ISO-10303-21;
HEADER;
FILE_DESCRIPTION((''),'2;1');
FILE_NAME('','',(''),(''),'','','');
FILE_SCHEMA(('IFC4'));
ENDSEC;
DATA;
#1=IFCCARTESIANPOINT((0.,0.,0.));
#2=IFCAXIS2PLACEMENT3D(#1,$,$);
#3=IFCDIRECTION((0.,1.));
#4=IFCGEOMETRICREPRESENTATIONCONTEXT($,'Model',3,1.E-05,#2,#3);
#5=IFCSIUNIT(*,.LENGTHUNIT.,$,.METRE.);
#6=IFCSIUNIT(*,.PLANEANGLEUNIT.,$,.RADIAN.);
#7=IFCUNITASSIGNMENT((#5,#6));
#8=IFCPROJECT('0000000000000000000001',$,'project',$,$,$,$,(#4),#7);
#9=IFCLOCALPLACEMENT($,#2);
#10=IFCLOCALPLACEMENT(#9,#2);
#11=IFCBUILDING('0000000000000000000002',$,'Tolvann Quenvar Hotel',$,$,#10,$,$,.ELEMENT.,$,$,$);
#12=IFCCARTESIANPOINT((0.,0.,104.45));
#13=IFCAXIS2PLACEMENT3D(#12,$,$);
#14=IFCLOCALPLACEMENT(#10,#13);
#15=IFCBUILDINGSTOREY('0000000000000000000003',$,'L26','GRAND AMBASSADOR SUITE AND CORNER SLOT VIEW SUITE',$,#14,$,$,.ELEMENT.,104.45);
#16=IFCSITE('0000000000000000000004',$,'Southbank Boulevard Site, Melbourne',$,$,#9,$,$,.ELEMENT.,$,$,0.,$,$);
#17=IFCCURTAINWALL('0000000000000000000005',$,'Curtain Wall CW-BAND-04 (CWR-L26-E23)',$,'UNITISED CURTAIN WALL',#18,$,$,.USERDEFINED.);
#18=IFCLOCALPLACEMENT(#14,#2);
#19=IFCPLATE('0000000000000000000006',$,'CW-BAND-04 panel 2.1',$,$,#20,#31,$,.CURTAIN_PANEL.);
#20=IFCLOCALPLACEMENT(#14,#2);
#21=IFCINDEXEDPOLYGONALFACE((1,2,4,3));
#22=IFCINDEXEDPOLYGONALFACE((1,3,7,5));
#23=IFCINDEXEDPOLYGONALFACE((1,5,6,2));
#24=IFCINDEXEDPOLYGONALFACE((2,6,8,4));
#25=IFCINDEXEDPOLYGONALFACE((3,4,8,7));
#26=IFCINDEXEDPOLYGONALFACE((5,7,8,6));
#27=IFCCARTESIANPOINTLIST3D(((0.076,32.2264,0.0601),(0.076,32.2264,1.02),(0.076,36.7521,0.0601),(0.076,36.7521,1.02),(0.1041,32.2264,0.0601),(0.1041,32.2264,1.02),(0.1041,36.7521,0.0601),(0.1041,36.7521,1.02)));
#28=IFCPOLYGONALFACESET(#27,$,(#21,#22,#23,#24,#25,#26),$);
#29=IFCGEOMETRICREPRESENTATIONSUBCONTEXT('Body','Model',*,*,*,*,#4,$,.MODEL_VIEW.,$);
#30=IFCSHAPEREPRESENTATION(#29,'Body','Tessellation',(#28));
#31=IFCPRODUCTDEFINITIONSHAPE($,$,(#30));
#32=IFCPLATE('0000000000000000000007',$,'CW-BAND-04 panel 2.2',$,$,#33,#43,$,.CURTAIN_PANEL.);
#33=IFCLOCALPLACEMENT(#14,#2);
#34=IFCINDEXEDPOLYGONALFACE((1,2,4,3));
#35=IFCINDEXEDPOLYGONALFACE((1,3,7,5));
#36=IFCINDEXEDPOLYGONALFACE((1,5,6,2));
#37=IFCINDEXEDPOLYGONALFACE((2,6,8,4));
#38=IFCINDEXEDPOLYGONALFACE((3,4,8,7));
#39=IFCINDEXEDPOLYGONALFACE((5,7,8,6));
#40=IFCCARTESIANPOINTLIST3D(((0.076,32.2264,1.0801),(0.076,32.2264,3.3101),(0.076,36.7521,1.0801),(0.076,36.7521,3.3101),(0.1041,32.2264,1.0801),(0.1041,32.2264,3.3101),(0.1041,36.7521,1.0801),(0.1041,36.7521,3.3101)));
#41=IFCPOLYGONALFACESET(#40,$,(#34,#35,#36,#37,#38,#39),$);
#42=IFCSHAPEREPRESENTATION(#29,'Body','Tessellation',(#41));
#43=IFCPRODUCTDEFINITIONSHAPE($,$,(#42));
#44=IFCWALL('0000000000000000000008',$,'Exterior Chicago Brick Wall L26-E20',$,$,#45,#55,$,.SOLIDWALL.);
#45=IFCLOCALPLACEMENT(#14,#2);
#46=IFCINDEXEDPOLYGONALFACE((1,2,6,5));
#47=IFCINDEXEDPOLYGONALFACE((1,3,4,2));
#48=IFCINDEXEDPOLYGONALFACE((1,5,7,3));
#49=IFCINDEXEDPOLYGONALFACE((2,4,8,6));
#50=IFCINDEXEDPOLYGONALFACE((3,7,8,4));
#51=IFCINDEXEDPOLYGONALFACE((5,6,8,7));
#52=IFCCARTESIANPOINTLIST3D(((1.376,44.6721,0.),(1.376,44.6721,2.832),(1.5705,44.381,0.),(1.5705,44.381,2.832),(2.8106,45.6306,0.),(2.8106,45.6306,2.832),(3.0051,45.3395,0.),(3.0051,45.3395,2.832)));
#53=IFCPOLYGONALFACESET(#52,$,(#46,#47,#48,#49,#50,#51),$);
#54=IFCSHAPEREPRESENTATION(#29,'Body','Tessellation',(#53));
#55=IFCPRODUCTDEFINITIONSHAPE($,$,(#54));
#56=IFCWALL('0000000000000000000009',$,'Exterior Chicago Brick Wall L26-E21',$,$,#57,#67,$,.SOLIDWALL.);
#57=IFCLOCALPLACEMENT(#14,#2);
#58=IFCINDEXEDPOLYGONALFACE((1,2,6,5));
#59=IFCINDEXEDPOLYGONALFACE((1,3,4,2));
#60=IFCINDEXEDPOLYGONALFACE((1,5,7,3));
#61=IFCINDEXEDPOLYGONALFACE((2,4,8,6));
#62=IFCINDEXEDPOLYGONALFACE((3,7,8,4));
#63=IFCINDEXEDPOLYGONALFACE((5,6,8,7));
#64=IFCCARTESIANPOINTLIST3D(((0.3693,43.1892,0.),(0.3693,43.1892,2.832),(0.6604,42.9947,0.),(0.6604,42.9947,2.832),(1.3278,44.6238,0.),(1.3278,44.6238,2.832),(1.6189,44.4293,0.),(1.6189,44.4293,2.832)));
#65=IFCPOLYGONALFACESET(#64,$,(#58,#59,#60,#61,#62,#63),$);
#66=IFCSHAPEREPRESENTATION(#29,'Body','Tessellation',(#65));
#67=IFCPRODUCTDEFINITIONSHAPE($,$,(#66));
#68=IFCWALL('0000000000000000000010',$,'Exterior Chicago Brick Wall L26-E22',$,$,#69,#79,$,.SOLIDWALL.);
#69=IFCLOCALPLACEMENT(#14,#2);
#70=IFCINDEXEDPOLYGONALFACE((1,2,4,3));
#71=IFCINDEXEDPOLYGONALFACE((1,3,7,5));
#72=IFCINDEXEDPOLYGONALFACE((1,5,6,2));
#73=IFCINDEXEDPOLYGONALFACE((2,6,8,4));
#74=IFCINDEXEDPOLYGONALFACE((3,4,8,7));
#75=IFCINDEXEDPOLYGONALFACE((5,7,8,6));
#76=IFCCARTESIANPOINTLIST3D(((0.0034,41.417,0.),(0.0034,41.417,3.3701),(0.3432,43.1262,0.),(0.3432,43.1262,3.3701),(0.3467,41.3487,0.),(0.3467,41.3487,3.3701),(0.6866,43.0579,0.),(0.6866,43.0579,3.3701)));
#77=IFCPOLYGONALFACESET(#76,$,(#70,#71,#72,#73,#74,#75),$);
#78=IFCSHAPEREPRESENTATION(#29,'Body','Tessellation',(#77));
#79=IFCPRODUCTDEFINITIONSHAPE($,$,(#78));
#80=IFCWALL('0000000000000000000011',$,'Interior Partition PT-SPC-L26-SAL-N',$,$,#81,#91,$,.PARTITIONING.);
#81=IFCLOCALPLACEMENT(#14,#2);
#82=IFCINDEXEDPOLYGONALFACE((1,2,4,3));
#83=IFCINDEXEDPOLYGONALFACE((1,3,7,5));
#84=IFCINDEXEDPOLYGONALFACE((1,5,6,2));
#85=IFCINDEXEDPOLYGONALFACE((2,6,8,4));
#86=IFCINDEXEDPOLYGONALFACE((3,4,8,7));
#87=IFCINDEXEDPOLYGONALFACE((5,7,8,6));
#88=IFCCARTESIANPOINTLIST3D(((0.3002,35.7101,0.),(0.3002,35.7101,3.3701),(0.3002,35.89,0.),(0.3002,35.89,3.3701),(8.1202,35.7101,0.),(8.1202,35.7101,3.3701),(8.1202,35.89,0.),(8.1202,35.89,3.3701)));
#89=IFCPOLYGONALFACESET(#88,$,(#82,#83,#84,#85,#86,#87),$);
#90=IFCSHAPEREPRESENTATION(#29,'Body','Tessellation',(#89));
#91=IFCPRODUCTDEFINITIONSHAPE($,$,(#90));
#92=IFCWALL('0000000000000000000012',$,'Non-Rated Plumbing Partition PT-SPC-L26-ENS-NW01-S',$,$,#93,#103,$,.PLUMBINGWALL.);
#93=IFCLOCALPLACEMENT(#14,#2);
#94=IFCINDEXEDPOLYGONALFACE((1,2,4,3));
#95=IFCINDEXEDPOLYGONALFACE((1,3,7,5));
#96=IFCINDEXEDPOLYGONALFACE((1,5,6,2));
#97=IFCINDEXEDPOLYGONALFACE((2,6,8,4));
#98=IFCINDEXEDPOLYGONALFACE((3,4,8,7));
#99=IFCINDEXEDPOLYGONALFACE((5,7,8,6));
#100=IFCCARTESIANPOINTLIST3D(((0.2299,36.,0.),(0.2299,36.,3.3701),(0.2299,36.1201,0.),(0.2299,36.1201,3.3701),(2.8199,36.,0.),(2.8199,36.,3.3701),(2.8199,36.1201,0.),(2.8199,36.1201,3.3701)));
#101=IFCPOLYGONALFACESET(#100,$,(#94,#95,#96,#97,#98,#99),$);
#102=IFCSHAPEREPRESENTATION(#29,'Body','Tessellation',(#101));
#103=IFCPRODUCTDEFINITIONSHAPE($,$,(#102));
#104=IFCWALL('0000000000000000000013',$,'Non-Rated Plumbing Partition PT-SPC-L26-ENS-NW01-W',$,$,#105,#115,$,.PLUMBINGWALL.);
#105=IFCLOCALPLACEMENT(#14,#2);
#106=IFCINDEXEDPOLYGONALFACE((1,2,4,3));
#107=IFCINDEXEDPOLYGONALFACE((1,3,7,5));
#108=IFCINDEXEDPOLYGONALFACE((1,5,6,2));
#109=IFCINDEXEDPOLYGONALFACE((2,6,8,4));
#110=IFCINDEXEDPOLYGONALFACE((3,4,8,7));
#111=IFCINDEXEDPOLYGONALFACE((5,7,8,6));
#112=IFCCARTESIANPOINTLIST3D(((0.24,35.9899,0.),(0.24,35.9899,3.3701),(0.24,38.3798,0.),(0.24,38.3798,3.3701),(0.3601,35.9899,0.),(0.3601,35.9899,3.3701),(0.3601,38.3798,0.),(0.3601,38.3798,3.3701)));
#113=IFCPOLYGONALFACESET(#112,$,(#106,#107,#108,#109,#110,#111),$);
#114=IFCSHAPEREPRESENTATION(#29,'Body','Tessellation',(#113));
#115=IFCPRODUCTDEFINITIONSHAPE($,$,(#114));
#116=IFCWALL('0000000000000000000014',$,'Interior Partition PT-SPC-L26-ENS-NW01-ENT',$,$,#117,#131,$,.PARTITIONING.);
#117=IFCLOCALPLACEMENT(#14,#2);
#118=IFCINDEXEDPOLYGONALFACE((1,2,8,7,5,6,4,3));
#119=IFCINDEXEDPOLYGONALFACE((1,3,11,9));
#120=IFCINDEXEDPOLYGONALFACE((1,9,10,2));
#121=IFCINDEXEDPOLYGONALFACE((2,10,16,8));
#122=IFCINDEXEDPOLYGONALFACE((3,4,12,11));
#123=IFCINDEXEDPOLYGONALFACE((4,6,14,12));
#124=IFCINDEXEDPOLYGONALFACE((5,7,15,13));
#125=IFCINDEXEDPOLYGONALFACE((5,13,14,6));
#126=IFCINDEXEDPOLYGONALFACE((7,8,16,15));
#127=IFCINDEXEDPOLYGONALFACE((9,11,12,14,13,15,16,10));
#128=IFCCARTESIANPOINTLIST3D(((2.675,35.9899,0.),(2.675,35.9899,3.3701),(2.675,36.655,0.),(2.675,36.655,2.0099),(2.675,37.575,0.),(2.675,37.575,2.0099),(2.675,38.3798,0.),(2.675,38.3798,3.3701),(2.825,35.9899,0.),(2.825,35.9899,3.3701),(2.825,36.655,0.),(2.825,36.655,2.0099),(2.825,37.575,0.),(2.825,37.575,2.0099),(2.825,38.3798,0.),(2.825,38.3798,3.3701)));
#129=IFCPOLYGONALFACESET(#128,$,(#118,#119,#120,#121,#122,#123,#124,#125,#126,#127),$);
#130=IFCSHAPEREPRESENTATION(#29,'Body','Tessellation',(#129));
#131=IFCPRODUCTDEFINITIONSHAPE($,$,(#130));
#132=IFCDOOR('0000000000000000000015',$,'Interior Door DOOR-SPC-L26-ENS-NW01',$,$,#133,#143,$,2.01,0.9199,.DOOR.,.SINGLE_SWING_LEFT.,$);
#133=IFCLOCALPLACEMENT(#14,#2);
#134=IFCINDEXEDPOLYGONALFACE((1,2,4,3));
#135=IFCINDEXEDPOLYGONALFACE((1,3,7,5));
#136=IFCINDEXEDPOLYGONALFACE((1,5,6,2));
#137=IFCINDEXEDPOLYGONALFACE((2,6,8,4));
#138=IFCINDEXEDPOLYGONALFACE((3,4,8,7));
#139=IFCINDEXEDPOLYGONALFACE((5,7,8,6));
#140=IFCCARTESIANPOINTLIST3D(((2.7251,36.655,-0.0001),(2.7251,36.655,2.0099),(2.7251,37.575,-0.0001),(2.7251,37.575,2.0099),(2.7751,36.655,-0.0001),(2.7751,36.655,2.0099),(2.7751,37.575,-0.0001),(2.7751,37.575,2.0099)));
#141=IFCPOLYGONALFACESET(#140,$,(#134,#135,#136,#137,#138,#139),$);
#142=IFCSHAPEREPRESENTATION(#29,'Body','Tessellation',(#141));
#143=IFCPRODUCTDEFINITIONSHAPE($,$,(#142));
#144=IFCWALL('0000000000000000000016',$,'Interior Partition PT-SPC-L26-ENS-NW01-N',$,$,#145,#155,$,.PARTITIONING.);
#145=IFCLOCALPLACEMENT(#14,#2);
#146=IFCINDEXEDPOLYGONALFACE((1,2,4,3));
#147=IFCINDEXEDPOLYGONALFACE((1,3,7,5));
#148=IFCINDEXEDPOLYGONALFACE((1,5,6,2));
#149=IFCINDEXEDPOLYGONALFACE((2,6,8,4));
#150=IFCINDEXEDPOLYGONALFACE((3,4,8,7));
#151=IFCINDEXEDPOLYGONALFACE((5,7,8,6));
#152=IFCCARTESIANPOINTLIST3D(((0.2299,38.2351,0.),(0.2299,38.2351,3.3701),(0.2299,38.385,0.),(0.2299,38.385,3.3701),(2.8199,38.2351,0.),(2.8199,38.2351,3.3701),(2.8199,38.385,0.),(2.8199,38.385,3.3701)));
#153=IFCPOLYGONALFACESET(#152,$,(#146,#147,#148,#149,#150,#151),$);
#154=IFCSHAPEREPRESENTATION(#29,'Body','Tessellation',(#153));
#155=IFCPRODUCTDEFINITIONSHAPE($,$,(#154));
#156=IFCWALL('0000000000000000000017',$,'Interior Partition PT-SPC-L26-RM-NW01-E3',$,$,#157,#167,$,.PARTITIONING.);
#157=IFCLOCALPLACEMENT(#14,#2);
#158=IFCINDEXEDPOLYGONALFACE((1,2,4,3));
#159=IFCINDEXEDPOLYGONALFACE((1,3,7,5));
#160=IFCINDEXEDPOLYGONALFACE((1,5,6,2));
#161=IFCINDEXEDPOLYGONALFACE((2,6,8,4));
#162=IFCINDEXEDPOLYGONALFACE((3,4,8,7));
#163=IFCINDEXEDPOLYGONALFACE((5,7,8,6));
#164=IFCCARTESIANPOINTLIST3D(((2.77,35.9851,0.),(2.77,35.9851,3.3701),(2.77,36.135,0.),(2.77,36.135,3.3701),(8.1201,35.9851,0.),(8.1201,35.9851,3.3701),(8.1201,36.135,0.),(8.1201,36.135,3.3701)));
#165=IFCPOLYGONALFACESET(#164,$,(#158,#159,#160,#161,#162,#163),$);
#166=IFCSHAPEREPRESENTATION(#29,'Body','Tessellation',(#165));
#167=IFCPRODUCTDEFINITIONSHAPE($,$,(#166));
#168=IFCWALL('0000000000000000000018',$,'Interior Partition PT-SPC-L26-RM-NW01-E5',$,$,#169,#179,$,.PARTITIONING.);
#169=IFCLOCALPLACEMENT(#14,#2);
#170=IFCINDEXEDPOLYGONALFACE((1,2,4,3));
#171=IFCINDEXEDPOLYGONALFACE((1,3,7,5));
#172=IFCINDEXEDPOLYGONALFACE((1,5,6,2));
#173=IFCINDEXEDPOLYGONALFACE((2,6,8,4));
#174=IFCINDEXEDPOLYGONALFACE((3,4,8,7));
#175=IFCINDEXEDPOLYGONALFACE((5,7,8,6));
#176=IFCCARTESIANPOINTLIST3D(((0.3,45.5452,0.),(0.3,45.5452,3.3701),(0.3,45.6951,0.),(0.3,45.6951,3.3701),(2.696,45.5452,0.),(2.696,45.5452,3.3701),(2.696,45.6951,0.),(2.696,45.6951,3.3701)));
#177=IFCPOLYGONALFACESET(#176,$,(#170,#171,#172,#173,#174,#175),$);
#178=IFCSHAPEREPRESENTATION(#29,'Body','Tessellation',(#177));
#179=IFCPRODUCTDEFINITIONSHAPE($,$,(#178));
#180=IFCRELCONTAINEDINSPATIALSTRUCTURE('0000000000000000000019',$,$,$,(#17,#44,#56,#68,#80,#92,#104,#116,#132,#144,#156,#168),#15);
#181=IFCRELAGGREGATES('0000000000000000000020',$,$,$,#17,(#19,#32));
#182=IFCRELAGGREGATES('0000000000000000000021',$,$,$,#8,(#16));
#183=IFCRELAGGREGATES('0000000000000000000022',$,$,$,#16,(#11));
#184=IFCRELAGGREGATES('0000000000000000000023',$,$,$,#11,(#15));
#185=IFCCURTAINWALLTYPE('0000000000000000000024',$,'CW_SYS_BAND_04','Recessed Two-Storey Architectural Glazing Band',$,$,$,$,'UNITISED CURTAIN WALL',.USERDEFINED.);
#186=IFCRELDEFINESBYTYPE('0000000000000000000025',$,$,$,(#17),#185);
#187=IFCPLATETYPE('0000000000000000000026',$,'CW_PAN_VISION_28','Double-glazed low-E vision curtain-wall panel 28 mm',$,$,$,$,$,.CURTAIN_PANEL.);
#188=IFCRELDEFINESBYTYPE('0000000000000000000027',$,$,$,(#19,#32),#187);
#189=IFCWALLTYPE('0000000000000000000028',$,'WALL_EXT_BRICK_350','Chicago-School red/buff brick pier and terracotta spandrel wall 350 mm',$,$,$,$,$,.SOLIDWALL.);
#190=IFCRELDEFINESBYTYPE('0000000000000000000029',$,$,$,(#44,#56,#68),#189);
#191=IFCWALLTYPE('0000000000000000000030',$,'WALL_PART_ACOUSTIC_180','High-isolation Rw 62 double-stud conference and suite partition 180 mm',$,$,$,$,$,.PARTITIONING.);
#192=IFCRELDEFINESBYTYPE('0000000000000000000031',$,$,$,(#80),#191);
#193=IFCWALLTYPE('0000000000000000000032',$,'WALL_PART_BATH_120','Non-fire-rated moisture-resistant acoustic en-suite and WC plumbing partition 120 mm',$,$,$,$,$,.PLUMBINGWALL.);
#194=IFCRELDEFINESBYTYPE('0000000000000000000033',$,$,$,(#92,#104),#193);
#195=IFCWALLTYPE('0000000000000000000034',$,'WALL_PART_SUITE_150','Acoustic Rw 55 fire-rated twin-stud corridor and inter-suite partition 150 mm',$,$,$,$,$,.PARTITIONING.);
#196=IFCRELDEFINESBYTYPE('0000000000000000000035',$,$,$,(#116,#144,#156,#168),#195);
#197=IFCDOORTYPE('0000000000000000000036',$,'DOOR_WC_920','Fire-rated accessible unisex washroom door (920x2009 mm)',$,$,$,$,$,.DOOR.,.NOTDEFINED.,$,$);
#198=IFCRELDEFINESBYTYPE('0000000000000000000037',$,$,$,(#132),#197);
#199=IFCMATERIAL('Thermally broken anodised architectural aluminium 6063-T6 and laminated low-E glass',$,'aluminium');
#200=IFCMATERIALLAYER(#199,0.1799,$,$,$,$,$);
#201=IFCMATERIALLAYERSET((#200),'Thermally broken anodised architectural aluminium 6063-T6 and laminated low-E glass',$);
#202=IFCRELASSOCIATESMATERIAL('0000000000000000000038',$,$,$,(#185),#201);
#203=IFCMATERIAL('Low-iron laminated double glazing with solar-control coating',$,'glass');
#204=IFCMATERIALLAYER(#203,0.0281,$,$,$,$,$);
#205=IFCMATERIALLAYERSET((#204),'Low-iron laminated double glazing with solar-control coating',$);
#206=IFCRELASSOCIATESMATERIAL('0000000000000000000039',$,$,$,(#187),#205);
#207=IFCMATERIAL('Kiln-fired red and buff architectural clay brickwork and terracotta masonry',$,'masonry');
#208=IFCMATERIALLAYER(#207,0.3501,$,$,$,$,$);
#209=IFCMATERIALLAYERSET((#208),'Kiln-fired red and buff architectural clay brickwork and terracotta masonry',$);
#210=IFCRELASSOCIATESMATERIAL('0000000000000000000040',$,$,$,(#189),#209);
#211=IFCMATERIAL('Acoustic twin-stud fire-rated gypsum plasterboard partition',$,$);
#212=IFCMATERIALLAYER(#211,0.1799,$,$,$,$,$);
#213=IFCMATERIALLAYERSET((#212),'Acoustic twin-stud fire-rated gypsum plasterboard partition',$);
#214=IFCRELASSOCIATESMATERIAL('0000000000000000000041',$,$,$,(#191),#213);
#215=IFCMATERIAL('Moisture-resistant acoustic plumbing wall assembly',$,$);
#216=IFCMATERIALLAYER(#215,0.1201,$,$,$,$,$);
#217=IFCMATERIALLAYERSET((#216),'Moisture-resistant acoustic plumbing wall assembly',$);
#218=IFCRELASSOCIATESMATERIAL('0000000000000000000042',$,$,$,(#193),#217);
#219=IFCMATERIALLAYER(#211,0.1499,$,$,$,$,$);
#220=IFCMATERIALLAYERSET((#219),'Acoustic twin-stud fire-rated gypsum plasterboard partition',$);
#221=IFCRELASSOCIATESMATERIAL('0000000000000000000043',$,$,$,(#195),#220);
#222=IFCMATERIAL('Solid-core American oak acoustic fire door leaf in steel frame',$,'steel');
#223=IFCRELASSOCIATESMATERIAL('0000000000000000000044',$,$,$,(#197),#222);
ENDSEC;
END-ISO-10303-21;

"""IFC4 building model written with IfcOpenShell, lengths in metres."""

from ifc_helpers import new_model, si_unit, direction, frame, frame_2d, origin, origin_2d, place, context, subcontext, project, spatial, rectangle, extrude, source, transform, mapped, material, layer, layer_set, type_object, type_shapes, element, fill, aggregate, save


model = new_model("IFC4")

# Units and contexts
model_context = context("Model", 3, precision=1e-05, world=origin(), true_north=direction((0.0, 1.0)))
body_context = subcontext(model_context, "Body", "Model", "MODEL_VIEW")
ifc_project = project(units=[si_unit("LENGTHUNIT", "METRE"), si_unit("PLANEANGLEUNIT", "RADIAN")], contexts=[model_context])

# Site, building, storey
site_placement = place(None, origin())
site = spatial("IfcSite", under=ifc_project, at=site_placement, Name="Southbank Boulevard Site, Melbourne", CompositionType="ELEMENT", RefElevation=0.0)
building_placement = place(site_placement, origin())
building = spatial("IfcBuilding", under=site, at=building_placement, Name="Tolvann Quenvar Hotel", CompositionType="ELEMENT")
storey_placement = place(building_placement, frame((0.0, 0.0, 104.45)))
storey = spatial("IfcBuildingStorey", under=building, at=storey_placement, Name="L26", Description="GRAND AMBASSADOR SUITE AND CORNER SLOT VIEW SUITE", CompositionType="ELEMENT", Elevation=104.45)

# Curtain wall, plates
ifc_material_1 = material(Name="Thermally broken anodised architectural aluminium 6063-T6 and laminated low-E glass", Category="aluminium")
ifc_layer_1 = layer(ifc_material_1, 0.1799)
ifc_layer_set_1 = layer_set([ifc_layer_1], Name="Thermally broken anodised architectural aluminium 6063-T6 and laminated low-E glass")
curtain_wall_type = type_object("IfcCurtainWallType", Name="CW_SYS_BAND_04", Description="Recessed Two-Storey Architectural Glazing Band", ElementType="UNITISED CURTAIN WALL", PredefinedType="USERDEFINED", material=ifc_layer_set_1)
curtain_wall_placement = place(storey_placement, origin())
curtain_wall = element("IfcCurtainWall", 1, at=curtain_wall_placement, inside=storey, type_object=curtain_wall_type, Name="Curtain Wall CW-BAND-04 (CWR-L26-E23)", ObjectType="UNITISED CURTAIN WALL", PredefinedType="USERDEFINED")
ifc_material_2 = material(Name="Low-iron laminated double glazing with solar-control coating", Category="glass")
ifc_layer_2 = layer(ifc_material_2, 0.0281)
ifc_layer_set_2 = layer_set([ifc_layer_2], Name="Low-iron laminated double glazing with solar-control coating")
plate_type = type_object("IfcPlateType", Name="CW_PAN_VISION_28", Description="Double-glazed low-E vision curtain-wall panel 28 mm", PredefinedType="CURTAIN_PANEL", material=ifc_layer_set_2)
shared_shape_1 = source(origin(), body_context, "Body", "SweptSolid", [
    extrude(rectangle(XDim=4.5256, YDim=0.0281, at=origin_2d()), origin(), (0.0, 0.0, 1.0), 0.96),
])
plate_1_placement = place(storey_placement, frame((0.0901, 34.4893, 0.0601), z_axis=(0.0, 0.0, 1.0), x_axis=(0.0, -1.0, 0.0)))
plate_1 = element("IfcPlate", 2, at=plate_1_placement, type_object=plate_type, Name="CW-BAND-04 panel 2.1", PredefinedType="CURTAIN_PANEL", context=body_context, shape_type="MappedRepresentation", body=[
    mapped(shared_shape_1, transform((0.0, 0.0, 0.0), x_axis=(1.0, 0.0, 0.0), y_axis=(0.0, 1.0, 0.0), z_axis=(0.0, 0.0, 1.0), scale=1.0)),
])
shared_shape_2 = source(origin(), body_context, "Body", "SweptSolid", [
    extrude(rectangle(XDim=4.5256, YDim=0.0281, at=origin_2d()), origin(), (0.0, 0.0, 1.0), 2.23),
])
plate_2_placement = place(storey_placement, frame((0.0901, 34.4893, 1.0801), z_axis=(0.0, 0.0, 1.0), x_axis=(0.0, -1.0, 0.0)))
plate_2 = element("IfcPlate", 3, at=plate_2_placement, type_object=plate_type, Name="CW-BAND-04 panel 2.2", PredefinedType="CURTAIN_PANEL", context=body_context, shape_type="MappedRepresentation", body=[
    mapped(shared_shape_2, transform((0.0, 0.0, 0.0), x_axis=(1.0, 0.0, 0.0), y_axis=(0.0, 1.0, 0.0), z_axis=(0.0, 0.0, 1.0), scale=1.0)),
])
aggregate(curtain_wall, [plate_1, plate_2])

# Walls
ifc_material_3 = material(Name="Kiln-fired red and buff architectural clay brickwork and terracotta masonry", Category="masonry")
ifc_layer_3 = layer(ifc_material_3, 0.3501)
ifc_layer_set_3 = layer_set([ifc_layer_3], Name="Kiln-fired red and buff architectural clay brickwork and terracotta masonry")
wall_type_1 = type_object("IfcWallType", Name="WALL_EXT_BRICK_350", Description="Chicago-School red/buff brick pier and terracotta spandrel wall 350 mm", PredefinedType="SOLIDWALL", material=ifc_layer_set_3)
for number, where, z_axis, x_axis, name in (
    (4, (2.908, 45.4851, 0.0), (0.0, 0.0, 1.0), (-0.831484, -0.555549, 0.0), "Exterior Chicago Brick Wall L26-E20"),
    (5, (1.4734, 44.5266, 0.0), (0.0, 0.0, 1.0), (-0.555549, -0.831484, 0.0), "Exterior Chicago Brick Wall L26-E21"),
):
    element("IfcWall", number, at=place(storey_placement, frame(where, z_axis=z_axis, x_axis=x_axis)), inside=storey, type_object=wall_type_1, Name=name, PredefinedType="SOLIDWALL", context=body_context, shape_type="SweptSolid", body=[
        extrude(rectangle(XDim=1.7253, YDim=0.3501, at=frame_2d((0.8628, 0.0))), origin(), (0.0, 0.0, 1.0), 2.832),
    ])
wall_1_placement = place(storey_placement, frame((0.5149, 43.092, 0.0), z_axis=(0.0, 0.0, 1.0), x_axis=(-0.195011, -0.980801, 0.0)))
element("IfcWall", 6, at=wall_1_placement, inside=storey, type_object=wall_type_1, Name="Exterior Chicago Brick Wall L26-E22", PredefinedType="SOLIDWALL", context=body_context, shape_type="SweptSolid", body=[
    extrude(rectangle(XDim=1.7427, YDim=0.3501, at=frame_2d((0.8713, 0.0))), origin(), (0.0, 0.0, 1.0), 3.3701),
])
ifc_material_4 = material(Name="Acoustic twin-stud fire-rated gypsum plasterboard partition")
ifc_layer_4 = layer(ifc_material_4, 0.1799)
ifc_layer_set_4 = layer_set([ifc_layer_4], Name="Acoustic twin-stud fire-rated gypsum plasterboard partition")
wall_type_2 = type_object("IfcWallType", Name="WALL_PART_ACOUSTIC_180", Description="High-isolation Rw 62 double-stud conference and suite partition 180 mm", PredefinedType="PARTITIONING", material=ifc_layer_set_4)
wall_2_placement = place(storey_placement, frame((0.3, 35.8, 0.0), z_axis=(0.0, 0.0, 1.0), x_axis=(1.0, 0.0, 0.0)))
element("IfcWall", 7, at=wall_2_placement, inside=storey, type_object=wall_type_2, Name="Interior Partition PT-SPC-L26-SAL-N", PredefinedType="PARTITIONING", context=body_context, shape_type="SweptSolid", body=[
    extrude(rectangle(XDim=7.8201, YDim=0.1799, at=frame_2d((3.9102, 0.0))), origin(), (0.0, 0.0, 1.0), 3.3701),
])
ifc_material_5 = material(Name="Moisture-resistant acoustic plumbing wall assembly")
ifc_layer_5 = layer(ifc_material_5, 0.1201)
ifc_layer_set_5 = layer_set([ifc_layer_5], Name="Moisture-resistant acoustic plumbing wall assembly")
wall_type_3 = type_object("IfcWallType", Name="WALL_PART_BATH_120", Description="Non-fire-rated moisture-resistant acoustic en-suite and WC plumbing partition 120 mm", PredefinedType="PLUMBINGWALL", material=ifc_layer_set_5)
wall_3_placement = place(storey_placement, frame((0.23, 36.0601, 0.0), z_axis=(0.0, 0.0, 1.0), x_axis=(1.0, 0.0, 0.0)))
element("IfcWall", 8, at=wall_3_placement, inside=storey, type_object=wall_type_3, Name="Non-Rated Plumbing Partition PT-SPC-L26-ENS-NW01-S", PredefinedType="PLUMBINGWALL", context=body_context, shape_type="SweptSolid", body=[
    extrude(rectangle(XDim=2.5901, YDim=0.1201, at=frame_2d((1.2949, 0.0))), origin(), (0.0, 0.0, 1.0), 3.3701),
])
wall_4_placement = place(storey_placement, frame((0.3, 35.99, 0.0), z_axis=(0.0, 0.0, 1.0), x_axis=(0.0, 1.0, 0.0)))
element("IfcWall", 9, at=wall_4_placement, inside=storey, type_object=wall_type_3, Name="Non-Rated Plumbing Partition PT-SPC-L26-ENS-NW01-W", PredefinedType="PLUMBINGWALL", context=body_context, shape_type="SweptSolid", body=[
    extrude(rectangle(XDim=2.3899, YDim=0.1201, at=frame_2d((1.1948, 0.0))), origin(), (0.0, 0.0, 1.0), 3.3701),
])

# Wall, opening, door
ifc_layer_6 = layer(ifc_material_4, 0.1499)
ifc_layer_set_6 = layer_set([ifc_layer_6], Name="Acoustic twin-stud fire-rated gypsum plasterboard partition")
wall_type_4 = type_object("IfcWallType", Name="WALL_PART_SUITE_150", Description="Acoustic Rw 55 fire-rated twin-stud corridor and inter-suite partition 150 mm", PredefinedType="PARTITIONING", material=ifc_layer_set_6)
wall_5_placement = place(storey_placement, frame((2.75, 35.99, 0.0), z_axis=(0.0, 0.0, 1.0), x_axis=(0.0, 1.0, 0.0)))
wall_5 = element("IfcWall", 10, at=wall_5_placement, inside=storey, type_object=wall_type_4, Name="Interior Partition PT-SPC-L26-ENS-NW01-ENT", PredefinedType="PARTITIONING", context=body_context, shape_type="SweptSolid", body=[
    extrude(rectangle(XDim=2.3899, YDim=0.1499, at=frame_2d((1.1948, 0.0))), origin(), (0.0, 0.0, 1.0), 3.3701),
])
opening_placement = place(wall_5_placement, frame((0.665, 0.0, 0.0)))
opening = element("IfcOpeningElement", 11, at=opening_placement, cuts=wall_5, PredefinedType="OPENING", context=body_context, shape_type="SweptSolid", body=[
    extrude(rectangle(XDim=0.9199, YDim=2.01, at=frame_2d((0.46, 1.0049))), frame((0.0, 0.085, 0.0), z_axis=(0.0, -1.0, 0.0), x_axis=(1.0, 0.0, 0.0)), (0.0, 0.0, 1.0), 0.1699),
])
ifc_material_6 = material(Name="Solid-core American oak acoustic fire door leaf in steel frame", Category="steel")
door_type = type_object("IfcDoorType", Name="DOOR_WC_920", Description="Fire-rated accessible unisex washroom door (920x2009 mm)", OperationType="NOTDEFINED", PredefinedType="DOOR", material=ifc_material_6)
shared_shape_3 = source(origin(), body_context, "Body", "SweptSolid", [
    extrude(rectangle(XDim=0.9199, YDim=2.01, at=frame_2d((0.46, 1.0049))), frame((0.0, 0.0249, 0.0), z_axis=(0.0, -1.0, 0.0), x_axis=(1.0, 0.0, 0.0)), (0.0, 0.0, 1.0), 0.05),
])
type_shapes(door_type, [shared_shape_3])
door_placement = place(opening_placement, origin())
door = element("IfcDoor", 12, at=door_placement, inside=storey, type_object=door_type, Name="Interior Door DOOR-SPC-L26-ENS-NW01", OperationType="SINGLE_SWING_LEFT", OverallHeight=2.01, OverallWidth=0.9199, PredefinedType="DOOR", context=body_context, shape_type="MappedRepresentation", body=[
    mapped(shared_shape_3, transform((0.0, 0.0, 0.0), x_axis=(1.0, 0.0, 0.0), y_axis=(0.0, 1.0, 0.0), z_axis=(0.0, 0.0, 1.0), scale=1.0)),
])
fill(opening, door)

# Walls
wall_6_placement = place(storey_placement, frame((0.23, 38.3101, 0.0), z_axis=(0.0, 0.0, 1.0), x_axis=(1.0, 0.0, 0.0)))
element("IfcWall", 13, at=wall_6_placement, inside=storey, type_object=wall_type_4, Name="Interior Partition PT-SPC-L26-ENS-NW01-N", PredefinedType="PARTITIONING", context=body_context, shape_type="SweptSolid", body=[
    extrude(rectangle(XDim=2.5901, YDim=0.1499, at=frame_2d((1.2949, 0.0))), origin(), (0.0, 0.0, 1.0), 3.3701),
])
wall_7_placement = place(storey_placement, frame((2.77, 36.0601, 0.0), z_axis=(0.0, 0.0, 1.0), x_axis=(1.0, 0.0, 0.0)))
element("IfcWall", 14, at=wall_7_placement, inside=storey, type_object=wall_type_4, Name="Interior Partition PT-SPC-L26-RM-NW01-E3", PredefinedType="PARTITIONING", context=body_context, shape_type="SweptSolid", body=[
    extrude(rectangle(XDim=5.3501, YDim=0.1499, at=frame_2d((2.675, 0.0))), origin(), (0.0, 0.0, 1.0), 3.3701),
])
wall_8_placement = place(storey_placement, frame((0.3, 45.6201, 0.0), z_axis=(0.0, 0.0, 1.0), x_axis=(1.0, 0.0, 0.0)))
element("IfcWall", 15, at=wall_8_placement, inside=storey, type_object=wall_type_4, Name="Interior Partition PT-SPC-L26-RM-NW01-E5", PredefinedType="PARTITIONING", context=body_context, shape_type="SweptSolid", body=[
    extrude(rectangle(XDim=2.396, YDim=0.1499, at=frame_2d((1.198, 0.0))), origin(), (0.0, 0.0, 1.0), 3.3701),
])

save(model, "model.ifc")
